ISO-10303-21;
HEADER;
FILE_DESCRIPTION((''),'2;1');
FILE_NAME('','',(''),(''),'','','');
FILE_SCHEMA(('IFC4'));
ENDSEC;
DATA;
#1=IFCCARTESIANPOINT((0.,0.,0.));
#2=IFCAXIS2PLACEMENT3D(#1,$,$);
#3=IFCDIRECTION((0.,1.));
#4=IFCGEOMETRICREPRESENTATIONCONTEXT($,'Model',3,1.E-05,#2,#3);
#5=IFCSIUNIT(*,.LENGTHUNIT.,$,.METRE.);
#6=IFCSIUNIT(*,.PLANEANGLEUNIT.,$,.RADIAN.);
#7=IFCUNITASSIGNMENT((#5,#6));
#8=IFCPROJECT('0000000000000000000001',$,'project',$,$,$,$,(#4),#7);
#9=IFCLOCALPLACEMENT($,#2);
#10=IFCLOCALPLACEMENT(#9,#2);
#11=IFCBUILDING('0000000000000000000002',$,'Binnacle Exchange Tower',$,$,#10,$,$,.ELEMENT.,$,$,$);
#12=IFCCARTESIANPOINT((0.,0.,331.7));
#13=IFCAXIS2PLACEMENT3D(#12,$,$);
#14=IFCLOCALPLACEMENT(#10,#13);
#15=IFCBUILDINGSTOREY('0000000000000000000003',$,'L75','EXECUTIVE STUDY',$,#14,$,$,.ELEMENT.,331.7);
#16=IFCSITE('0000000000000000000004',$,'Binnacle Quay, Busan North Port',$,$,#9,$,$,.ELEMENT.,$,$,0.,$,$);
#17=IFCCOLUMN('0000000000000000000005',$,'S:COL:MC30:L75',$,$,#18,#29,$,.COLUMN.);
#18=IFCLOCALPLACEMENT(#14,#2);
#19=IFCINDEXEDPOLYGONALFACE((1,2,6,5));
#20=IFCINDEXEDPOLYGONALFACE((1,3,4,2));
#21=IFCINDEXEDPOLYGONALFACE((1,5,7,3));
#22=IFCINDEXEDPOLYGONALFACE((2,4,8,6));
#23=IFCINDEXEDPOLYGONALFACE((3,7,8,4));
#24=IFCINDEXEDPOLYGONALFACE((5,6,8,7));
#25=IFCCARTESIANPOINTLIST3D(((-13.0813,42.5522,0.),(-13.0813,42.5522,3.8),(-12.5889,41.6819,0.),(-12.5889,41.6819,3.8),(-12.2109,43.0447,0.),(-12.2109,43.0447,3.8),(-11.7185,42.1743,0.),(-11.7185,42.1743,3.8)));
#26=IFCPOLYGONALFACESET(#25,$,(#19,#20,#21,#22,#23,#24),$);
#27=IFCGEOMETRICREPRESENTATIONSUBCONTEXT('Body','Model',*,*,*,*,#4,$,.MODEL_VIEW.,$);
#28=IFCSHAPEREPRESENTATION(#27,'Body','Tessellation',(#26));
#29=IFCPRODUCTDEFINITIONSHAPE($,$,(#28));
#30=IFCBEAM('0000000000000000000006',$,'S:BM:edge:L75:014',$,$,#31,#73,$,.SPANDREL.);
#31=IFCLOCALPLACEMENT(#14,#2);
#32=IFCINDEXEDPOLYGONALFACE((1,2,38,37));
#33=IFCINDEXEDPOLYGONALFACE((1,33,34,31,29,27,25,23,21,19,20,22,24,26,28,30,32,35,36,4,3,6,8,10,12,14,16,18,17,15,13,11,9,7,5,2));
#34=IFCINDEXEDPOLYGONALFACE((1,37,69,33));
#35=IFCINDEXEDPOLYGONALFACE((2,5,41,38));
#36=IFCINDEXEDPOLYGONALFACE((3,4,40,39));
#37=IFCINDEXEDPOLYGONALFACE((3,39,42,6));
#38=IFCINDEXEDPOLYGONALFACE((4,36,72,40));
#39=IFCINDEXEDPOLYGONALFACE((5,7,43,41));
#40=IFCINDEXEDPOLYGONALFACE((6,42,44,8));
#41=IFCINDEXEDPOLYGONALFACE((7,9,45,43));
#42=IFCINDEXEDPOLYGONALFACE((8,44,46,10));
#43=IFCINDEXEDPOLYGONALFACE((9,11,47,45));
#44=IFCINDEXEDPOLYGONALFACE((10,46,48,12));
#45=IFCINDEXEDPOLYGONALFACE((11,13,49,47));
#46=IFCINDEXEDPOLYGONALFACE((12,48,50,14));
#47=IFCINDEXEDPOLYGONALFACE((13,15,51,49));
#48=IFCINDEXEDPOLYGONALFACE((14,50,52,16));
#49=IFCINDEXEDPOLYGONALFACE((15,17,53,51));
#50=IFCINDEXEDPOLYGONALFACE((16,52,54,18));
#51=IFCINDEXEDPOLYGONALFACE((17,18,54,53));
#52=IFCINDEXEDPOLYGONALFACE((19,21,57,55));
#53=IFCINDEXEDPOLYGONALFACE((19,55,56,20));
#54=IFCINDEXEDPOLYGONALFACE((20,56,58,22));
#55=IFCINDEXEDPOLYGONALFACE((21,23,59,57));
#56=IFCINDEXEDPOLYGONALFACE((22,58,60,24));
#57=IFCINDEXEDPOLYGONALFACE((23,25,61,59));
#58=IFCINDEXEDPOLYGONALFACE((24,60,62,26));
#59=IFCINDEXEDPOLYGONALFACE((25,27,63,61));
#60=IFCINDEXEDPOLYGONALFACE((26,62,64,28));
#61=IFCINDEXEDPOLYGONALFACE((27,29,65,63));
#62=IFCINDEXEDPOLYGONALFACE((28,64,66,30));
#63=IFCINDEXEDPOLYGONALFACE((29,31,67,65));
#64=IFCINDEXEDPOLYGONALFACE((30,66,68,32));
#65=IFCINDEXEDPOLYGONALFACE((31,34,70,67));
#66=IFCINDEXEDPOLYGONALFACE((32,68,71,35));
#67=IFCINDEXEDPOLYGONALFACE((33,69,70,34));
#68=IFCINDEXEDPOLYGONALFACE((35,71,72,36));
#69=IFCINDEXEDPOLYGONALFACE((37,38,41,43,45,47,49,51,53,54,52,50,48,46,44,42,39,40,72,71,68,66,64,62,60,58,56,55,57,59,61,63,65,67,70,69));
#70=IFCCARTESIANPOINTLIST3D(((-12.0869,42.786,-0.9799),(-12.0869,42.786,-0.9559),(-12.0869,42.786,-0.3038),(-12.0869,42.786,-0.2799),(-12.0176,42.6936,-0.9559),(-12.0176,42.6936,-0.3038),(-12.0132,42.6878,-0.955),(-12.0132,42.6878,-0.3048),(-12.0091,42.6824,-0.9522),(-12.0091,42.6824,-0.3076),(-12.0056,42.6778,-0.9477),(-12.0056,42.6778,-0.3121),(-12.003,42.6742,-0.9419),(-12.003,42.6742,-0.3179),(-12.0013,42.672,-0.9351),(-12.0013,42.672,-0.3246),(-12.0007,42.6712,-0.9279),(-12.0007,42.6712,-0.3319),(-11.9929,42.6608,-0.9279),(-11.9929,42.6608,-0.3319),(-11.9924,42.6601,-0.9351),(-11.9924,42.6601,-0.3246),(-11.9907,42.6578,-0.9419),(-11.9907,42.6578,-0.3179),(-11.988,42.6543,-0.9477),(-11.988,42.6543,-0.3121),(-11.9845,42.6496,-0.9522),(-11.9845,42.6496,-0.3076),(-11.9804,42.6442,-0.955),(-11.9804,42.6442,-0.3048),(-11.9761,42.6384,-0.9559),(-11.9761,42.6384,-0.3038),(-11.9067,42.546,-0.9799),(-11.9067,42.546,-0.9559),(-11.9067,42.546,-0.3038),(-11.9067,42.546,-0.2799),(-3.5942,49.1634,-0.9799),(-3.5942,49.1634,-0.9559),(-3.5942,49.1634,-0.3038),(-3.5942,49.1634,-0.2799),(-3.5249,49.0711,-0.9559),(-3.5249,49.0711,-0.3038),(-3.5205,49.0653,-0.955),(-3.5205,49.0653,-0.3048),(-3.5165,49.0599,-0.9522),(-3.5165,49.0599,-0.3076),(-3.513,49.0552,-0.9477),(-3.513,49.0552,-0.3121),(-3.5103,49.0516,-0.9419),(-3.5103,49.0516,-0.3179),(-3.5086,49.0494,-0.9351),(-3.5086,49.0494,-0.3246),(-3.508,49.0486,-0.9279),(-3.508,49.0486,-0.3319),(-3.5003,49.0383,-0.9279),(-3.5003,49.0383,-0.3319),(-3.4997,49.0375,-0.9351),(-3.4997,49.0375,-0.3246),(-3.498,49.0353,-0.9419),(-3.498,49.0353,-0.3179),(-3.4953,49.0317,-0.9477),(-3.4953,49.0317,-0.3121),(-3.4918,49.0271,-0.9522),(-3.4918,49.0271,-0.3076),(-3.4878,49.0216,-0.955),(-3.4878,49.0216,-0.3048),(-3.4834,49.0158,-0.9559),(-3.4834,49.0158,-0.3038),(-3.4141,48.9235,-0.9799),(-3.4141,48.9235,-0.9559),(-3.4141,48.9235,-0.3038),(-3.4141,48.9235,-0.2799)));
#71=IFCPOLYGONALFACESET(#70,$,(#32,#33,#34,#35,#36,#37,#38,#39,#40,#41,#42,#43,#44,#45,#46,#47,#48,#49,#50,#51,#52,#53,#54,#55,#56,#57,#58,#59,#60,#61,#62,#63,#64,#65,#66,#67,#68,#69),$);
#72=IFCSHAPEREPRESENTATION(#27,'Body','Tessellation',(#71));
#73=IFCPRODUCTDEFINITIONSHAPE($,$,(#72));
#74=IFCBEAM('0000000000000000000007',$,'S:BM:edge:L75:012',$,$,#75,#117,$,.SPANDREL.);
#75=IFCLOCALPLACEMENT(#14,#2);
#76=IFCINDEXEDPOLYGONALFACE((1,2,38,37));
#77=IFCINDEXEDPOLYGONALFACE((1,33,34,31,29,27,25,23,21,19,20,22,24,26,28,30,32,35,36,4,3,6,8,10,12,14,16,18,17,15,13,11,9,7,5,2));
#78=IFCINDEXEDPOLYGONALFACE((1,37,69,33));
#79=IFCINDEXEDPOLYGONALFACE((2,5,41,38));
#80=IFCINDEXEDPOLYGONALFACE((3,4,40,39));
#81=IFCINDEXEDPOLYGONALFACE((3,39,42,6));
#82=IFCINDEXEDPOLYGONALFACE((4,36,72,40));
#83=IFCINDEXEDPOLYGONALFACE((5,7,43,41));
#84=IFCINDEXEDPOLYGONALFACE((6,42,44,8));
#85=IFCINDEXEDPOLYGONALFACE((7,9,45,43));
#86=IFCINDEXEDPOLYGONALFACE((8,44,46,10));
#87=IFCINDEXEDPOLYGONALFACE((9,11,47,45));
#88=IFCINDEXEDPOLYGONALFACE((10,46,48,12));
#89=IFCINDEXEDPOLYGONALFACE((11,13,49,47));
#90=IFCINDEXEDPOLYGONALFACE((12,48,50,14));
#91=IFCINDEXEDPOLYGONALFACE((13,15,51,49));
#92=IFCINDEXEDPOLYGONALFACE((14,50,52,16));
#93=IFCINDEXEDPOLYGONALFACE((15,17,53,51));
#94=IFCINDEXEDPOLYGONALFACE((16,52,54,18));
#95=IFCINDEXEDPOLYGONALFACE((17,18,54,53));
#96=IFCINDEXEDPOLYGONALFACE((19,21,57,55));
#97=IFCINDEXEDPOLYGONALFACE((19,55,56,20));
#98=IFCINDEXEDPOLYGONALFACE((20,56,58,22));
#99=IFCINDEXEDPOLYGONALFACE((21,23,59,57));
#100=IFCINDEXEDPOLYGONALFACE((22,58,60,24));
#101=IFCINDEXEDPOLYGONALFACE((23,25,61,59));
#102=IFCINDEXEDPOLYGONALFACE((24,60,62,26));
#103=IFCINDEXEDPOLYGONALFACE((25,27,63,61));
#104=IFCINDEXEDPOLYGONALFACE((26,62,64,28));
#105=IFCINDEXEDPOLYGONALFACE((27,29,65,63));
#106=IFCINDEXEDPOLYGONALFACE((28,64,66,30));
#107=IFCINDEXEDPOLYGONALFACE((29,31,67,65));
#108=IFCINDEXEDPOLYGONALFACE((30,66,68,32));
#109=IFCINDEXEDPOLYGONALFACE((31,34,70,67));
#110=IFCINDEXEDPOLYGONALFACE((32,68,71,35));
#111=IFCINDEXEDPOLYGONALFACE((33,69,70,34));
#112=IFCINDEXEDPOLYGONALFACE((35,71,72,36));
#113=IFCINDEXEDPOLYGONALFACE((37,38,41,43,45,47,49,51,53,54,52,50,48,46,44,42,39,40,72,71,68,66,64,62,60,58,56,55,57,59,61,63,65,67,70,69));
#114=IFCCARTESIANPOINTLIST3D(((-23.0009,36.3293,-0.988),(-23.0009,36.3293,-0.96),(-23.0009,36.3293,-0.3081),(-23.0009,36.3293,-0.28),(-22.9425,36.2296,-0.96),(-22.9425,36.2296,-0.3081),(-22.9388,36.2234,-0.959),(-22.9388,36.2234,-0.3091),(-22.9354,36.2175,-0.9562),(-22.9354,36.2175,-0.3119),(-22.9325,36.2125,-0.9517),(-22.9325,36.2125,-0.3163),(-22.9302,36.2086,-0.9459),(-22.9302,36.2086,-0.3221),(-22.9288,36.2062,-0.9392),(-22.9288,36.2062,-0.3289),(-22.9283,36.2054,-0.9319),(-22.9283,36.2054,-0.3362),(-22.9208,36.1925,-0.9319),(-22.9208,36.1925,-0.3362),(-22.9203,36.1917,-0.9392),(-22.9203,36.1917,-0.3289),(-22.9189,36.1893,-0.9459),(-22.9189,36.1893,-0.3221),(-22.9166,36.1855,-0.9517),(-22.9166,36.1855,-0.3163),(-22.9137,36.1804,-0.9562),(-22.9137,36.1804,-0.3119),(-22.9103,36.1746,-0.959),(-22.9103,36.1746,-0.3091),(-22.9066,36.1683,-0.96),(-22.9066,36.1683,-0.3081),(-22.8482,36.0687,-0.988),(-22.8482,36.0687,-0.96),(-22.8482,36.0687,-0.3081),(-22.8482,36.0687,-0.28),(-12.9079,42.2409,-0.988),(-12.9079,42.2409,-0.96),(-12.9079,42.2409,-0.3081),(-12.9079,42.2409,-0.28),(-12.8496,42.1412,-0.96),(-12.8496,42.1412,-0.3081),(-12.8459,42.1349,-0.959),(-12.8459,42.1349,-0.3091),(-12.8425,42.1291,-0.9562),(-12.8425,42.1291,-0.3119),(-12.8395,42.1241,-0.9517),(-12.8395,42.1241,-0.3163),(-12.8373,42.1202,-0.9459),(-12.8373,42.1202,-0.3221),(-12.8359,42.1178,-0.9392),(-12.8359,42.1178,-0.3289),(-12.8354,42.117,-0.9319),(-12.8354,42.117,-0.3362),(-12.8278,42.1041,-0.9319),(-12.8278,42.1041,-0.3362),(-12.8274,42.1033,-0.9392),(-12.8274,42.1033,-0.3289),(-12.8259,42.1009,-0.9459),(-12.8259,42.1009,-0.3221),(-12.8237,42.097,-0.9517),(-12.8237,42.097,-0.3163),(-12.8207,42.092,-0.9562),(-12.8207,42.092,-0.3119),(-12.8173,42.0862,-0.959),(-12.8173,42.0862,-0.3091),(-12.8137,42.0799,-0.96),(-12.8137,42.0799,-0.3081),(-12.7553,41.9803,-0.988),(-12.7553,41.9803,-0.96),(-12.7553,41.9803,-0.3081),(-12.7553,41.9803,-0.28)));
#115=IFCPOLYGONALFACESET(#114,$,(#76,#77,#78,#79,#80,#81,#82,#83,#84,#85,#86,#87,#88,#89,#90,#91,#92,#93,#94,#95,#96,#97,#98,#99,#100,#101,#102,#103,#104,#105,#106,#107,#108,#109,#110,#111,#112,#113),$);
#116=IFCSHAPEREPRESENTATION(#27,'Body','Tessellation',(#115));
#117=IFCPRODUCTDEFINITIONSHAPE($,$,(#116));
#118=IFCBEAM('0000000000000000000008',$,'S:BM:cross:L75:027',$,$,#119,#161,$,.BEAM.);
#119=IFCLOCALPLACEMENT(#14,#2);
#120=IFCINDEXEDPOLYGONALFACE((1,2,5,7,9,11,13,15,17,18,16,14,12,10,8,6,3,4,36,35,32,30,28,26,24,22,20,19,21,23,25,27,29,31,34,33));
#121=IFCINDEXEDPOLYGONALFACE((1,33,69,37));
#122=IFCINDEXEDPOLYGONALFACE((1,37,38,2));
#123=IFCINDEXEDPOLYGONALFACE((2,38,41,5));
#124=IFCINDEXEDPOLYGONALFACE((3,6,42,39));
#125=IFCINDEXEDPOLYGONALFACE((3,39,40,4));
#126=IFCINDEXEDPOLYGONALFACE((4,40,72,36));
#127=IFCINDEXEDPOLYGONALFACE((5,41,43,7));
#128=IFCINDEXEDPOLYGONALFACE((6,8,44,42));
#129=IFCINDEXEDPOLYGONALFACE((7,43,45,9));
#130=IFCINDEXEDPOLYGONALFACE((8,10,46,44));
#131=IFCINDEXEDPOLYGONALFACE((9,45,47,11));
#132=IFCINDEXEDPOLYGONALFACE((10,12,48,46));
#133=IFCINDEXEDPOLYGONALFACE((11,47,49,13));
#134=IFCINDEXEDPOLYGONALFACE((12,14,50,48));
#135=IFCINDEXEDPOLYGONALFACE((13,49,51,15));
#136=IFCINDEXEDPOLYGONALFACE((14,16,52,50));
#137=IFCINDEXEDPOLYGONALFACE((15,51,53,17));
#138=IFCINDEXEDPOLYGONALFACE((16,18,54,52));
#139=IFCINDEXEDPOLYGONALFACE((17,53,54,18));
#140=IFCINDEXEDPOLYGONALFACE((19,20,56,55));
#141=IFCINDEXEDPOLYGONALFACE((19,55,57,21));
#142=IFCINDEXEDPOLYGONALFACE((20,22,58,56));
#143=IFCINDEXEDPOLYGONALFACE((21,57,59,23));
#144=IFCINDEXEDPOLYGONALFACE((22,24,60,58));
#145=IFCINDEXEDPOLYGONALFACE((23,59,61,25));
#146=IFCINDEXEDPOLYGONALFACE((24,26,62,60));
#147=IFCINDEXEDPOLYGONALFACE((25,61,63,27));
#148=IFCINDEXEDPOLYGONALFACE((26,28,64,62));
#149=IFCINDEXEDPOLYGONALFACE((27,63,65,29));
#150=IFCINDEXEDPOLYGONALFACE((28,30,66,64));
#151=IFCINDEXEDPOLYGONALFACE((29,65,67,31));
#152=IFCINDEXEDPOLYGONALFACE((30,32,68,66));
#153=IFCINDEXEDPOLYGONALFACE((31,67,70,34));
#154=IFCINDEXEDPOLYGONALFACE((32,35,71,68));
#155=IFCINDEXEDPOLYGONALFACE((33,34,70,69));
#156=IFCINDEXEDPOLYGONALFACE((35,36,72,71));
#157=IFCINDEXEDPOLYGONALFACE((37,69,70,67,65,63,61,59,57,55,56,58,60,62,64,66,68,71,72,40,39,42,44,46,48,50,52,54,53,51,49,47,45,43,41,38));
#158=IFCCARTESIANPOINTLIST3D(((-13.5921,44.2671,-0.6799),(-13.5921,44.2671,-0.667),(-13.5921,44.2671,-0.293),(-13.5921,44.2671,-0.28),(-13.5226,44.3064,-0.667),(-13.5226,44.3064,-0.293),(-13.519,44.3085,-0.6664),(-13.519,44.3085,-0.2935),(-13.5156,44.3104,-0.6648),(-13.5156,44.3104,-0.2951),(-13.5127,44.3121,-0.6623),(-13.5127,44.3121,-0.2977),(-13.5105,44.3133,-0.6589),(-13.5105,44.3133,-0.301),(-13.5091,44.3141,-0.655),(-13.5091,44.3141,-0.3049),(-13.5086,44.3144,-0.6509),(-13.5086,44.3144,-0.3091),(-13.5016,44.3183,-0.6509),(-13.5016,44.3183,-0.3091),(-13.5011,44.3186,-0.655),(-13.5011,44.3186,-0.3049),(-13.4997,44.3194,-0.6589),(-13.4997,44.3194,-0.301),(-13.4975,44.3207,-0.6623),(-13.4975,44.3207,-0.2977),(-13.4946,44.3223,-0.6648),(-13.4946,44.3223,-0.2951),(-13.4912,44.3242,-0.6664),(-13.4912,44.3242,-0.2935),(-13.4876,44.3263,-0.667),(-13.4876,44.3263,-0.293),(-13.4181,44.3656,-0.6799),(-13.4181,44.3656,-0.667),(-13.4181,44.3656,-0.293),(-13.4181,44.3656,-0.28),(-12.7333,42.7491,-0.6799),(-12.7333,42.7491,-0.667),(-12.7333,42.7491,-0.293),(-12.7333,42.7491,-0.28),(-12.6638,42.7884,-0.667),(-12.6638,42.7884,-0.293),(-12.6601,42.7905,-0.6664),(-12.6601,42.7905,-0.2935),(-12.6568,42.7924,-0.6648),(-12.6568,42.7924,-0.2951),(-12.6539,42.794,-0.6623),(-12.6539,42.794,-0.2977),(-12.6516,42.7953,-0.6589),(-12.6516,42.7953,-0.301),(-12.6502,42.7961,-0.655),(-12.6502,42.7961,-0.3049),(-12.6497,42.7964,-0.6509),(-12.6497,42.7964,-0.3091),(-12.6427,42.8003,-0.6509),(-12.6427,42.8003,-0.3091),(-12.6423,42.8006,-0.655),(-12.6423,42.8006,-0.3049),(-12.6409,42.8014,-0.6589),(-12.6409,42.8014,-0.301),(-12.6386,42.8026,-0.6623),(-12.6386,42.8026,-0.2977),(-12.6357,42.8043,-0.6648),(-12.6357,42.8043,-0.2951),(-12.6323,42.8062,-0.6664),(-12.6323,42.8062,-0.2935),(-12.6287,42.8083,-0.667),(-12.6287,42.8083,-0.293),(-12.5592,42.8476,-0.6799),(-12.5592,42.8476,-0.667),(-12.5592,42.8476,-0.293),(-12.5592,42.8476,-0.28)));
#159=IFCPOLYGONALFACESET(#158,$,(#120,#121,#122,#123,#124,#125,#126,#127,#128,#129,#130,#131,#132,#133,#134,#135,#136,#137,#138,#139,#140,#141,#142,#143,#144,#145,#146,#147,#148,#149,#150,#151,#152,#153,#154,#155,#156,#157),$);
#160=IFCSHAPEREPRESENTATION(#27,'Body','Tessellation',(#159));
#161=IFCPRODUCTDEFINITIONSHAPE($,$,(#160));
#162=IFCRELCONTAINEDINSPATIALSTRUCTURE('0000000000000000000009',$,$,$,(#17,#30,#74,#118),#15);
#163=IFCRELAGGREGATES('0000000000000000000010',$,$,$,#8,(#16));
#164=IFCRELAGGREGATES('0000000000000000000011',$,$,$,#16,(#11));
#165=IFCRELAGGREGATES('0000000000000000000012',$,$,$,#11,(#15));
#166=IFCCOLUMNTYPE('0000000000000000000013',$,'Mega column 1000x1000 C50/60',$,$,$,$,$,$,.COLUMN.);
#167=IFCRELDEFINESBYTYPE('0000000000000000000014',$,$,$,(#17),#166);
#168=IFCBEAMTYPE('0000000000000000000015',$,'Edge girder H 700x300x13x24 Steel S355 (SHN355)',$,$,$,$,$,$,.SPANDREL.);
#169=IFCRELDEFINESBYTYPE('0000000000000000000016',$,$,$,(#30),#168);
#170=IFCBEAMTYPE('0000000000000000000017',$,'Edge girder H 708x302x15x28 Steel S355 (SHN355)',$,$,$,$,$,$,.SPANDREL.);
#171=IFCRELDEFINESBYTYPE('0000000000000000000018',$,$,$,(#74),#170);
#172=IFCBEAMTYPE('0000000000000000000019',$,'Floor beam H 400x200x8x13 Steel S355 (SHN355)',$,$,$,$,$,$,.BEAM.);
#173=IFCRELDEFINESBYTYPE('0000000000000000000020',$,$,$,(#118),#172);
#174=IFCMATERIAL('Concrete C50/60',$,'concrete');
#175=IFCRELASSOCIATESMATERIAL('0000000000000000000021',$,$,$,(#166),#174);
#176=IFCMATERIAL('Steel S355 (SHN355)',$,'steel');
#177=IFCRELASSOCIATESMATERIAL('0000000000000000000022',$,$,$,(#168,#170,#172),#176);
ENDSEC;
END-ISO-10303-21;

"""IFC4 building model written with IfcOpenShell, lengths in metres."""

from ifc_helpers import new_model, si_unit, direction, frame, origin, origin_2d, place, context, subcontext, project, spatial, rectangle, i_section, extrude, material, material_profile, profile_set, type_object, element, save


model = new_model("IFC4")

# Units and contexts
model_context = context("Model", 3, precision=1e-05, world=origin(), true_north=direction((0.0, 1.0)))
body_context = subcontext(model_context, "Body", "Model", "MODEL_VIEW")
ifc_project = project(units=[si_unit("LENGTHUNIT", "METRE"), si_unit("PLANEANGLEUNIT", "RADIAN")], contexts=[model_context])

# Site, building, storey
site_placement = place(None, origin())
site = spatial("IfcSite", under=ifc_project, at=site_placement, Name="Binnacle Quay, Busan North Port", CompositionType="ELEMENT", RefElevation=0.0)
building_placement = place(site_placement, origin())
building = spatial("IfcBuilding", under=site, at=building_placement, Name="Binnacle Exchange Tower", CompositionType="ELEMENT")
storey_placement = place(building_placement, frame((0.0, 0.0, 331.7)))
storey = spatial("IfcBuildingStorey", under=building, at=storey_placement, Name="L75", Description="EXECUTIVE STUDY", CompositionType="ELEMENT", Elevation=331.7)

# Column
ifc_material_1 = material(Name="Concrete C50/60", Category="concrete")
ifc_material_profile_1 = material_profile(ifc_material_1, rectangle(XDim=1.0, YDim=1.0, at=origin_2d()), Name="Mega column 1000x1000 C50/60")
ifc_profile_set_1 = profile_set([ifc_material_profile_1], Name="Concrete C50/60")
column_type = type_object("IfcColumnType", Name="Mega column 1000x1000 C50/60", PredefinedType="COLUMN", material=ifc_profile_set_1)
column_placement = place(storey_placement, frame((-12.3999, 42.3633, 0.0), z_axis=(0.0, 0.0, 1.0), x_axis=(0.870356, 0.492424, 0.0)))
element("IfcColumn", 1, at=column_placement, inside=storey, type_object=column_type, Name="S:COL:MC30:L75", PredefinedType="COLUMN", context=body_context, shape_type="SweptSolid", body=[
    extrude(rectangle(XDim=1.0, YDim=1.0, at=origin_2d()), origin(), (0.0, 0.0, 1.0), 3.8),
])

# Beams
ifc_material_2 = material(Name="Steel S355 (SHN355)", Category="steel")
ifc_material_profile_2 = material_profile(ifc_material_2, i_section(OverallWidth=0.3, OverallDepth=0.7, WebThickness=0.0129, FlangeThickness=0.0239, FilletRadius=0.0281, at=origin_2d()), Name="H 700x300x13x24")
ifc_profile_set_2 = profile_set([ifc_material_profile_2], Name="Steel S355 (SHN355)")
beam_type_1 = type_object("IfcBeamType", Name="Edge girder H 700x300x13x24 Steel S355 (SHN355)", PredefinedType="SPANDREL", material=ifc_profile_set_2)
beam_1_placement = place(storey_placement, frame((-11.9968, 42.666, -0.6299), z_axis=(0.799641, 0.600478, 0.0), x_axis=(-0.600478, 0.799641, 0.0)))
element("IfcBeam", 2, at=beam_1_placement, inside=storey, type_object=beam_type_1, Name="S:BM:edge:L75:014", PredefinedType="SPANDREL", context=body_context, shape_type="SweptSolid", body=[
    extrude(i_section(OverallWidth=0.3, OverallDepth=0.7, WebThickness=0.0129, FlangeThickness=0.0239, FilletRadius=0.0281, at=origin_2d()), origin(), (0.0, 0.0, 1.0), 10.6206),
])
ifc_material_profile_3 = material_profile(ifc_material_2, i_section(OverallWidth=0.302, OverallDepth=0.708, WebThickness=0.0149, FlangeThickness=0.0281, FilletRadius=0.0281, at=origin_2d()), Name="H 708x302x15x28")
ifc_profile_set_3 = profile_set([ifc_material_profile_3], Name="Steel S355 (SHN355)")
beam_type_2 = type_object("IfcBeamType", Name="Edge girder H 708x302x15x28 Steel S355 (SHN355)", PredefinedType="SPANDREL", material=ifc_profile_set_3)
beam_2_placement = place(storey_placement, frame((-22.9246, 36.199, -0.634), z_axis=(0.862883, 0.505403, 0.0), x_axis=(-0.505403, 0.862883, 0.0)))
element("IfcBeam", 3, at=beam_2_placement, inside=storey, type_object=beam_type_2, Name="S:BM:edge:L75:012", PredefinedType="SPANDREL", context=body_context, shape_type="SweptSolid", body=[
    extrude(i_section(OverallWidth=0.302, OverallDepth=0.708, WebThickness=0.0149, FlangeThickness=0.0281, FilletRadius=0.0281, at=origin_2d()), origin(), (0.0, 0.0, 1.0), 11.6968),
])
ifc_material_profile_4 = material_profile(ifc_material_2, i_section(OverallWidth=0.2, OverallDepth=0.3999, WebThickness=0.0081, FlangeThickness=0.0129, FilletRadius=0.0161, at=origin_2d()), Name="H 400x200x8x13")
ifc_profile_set_4 = profile_set([ifc_material_profile_4], Name="Steel S355 (SHN355)")
beam_type_3 = type_object("IfcBeamType", Name="Floor beam H 400x200x8x13 Steel S355 (SHN355)", PredefinedType="BEAM", material=ifc_profile_set_4)
beam_3_placement = place(storey_placement, frame((-12.6462, 42.7983, -0.48), z_axis=(-0.492426, 0.870354, 0.0), x_axis=(-0.870354, -0.492426, 0.0)))
element("IfcBeam", 4, at=beam_3_placement, inside=storey, type_object=beam_type_3, Name="S:BM:cross:L75:027", PredefinedType="BEAM", context=body_context, shape_type="SweptSolid", body=[
    extrude(i_section(OverallWidth=0.2, OverallDepth=0.3999, WebThickness=0.0081, FlangeThickness=0.0129, FilletRadius=0.0161, at=origin_2d()), origin(), (0.0, 0.0, 1.0), 1.7441),
])

save(model, "model.ifc")
